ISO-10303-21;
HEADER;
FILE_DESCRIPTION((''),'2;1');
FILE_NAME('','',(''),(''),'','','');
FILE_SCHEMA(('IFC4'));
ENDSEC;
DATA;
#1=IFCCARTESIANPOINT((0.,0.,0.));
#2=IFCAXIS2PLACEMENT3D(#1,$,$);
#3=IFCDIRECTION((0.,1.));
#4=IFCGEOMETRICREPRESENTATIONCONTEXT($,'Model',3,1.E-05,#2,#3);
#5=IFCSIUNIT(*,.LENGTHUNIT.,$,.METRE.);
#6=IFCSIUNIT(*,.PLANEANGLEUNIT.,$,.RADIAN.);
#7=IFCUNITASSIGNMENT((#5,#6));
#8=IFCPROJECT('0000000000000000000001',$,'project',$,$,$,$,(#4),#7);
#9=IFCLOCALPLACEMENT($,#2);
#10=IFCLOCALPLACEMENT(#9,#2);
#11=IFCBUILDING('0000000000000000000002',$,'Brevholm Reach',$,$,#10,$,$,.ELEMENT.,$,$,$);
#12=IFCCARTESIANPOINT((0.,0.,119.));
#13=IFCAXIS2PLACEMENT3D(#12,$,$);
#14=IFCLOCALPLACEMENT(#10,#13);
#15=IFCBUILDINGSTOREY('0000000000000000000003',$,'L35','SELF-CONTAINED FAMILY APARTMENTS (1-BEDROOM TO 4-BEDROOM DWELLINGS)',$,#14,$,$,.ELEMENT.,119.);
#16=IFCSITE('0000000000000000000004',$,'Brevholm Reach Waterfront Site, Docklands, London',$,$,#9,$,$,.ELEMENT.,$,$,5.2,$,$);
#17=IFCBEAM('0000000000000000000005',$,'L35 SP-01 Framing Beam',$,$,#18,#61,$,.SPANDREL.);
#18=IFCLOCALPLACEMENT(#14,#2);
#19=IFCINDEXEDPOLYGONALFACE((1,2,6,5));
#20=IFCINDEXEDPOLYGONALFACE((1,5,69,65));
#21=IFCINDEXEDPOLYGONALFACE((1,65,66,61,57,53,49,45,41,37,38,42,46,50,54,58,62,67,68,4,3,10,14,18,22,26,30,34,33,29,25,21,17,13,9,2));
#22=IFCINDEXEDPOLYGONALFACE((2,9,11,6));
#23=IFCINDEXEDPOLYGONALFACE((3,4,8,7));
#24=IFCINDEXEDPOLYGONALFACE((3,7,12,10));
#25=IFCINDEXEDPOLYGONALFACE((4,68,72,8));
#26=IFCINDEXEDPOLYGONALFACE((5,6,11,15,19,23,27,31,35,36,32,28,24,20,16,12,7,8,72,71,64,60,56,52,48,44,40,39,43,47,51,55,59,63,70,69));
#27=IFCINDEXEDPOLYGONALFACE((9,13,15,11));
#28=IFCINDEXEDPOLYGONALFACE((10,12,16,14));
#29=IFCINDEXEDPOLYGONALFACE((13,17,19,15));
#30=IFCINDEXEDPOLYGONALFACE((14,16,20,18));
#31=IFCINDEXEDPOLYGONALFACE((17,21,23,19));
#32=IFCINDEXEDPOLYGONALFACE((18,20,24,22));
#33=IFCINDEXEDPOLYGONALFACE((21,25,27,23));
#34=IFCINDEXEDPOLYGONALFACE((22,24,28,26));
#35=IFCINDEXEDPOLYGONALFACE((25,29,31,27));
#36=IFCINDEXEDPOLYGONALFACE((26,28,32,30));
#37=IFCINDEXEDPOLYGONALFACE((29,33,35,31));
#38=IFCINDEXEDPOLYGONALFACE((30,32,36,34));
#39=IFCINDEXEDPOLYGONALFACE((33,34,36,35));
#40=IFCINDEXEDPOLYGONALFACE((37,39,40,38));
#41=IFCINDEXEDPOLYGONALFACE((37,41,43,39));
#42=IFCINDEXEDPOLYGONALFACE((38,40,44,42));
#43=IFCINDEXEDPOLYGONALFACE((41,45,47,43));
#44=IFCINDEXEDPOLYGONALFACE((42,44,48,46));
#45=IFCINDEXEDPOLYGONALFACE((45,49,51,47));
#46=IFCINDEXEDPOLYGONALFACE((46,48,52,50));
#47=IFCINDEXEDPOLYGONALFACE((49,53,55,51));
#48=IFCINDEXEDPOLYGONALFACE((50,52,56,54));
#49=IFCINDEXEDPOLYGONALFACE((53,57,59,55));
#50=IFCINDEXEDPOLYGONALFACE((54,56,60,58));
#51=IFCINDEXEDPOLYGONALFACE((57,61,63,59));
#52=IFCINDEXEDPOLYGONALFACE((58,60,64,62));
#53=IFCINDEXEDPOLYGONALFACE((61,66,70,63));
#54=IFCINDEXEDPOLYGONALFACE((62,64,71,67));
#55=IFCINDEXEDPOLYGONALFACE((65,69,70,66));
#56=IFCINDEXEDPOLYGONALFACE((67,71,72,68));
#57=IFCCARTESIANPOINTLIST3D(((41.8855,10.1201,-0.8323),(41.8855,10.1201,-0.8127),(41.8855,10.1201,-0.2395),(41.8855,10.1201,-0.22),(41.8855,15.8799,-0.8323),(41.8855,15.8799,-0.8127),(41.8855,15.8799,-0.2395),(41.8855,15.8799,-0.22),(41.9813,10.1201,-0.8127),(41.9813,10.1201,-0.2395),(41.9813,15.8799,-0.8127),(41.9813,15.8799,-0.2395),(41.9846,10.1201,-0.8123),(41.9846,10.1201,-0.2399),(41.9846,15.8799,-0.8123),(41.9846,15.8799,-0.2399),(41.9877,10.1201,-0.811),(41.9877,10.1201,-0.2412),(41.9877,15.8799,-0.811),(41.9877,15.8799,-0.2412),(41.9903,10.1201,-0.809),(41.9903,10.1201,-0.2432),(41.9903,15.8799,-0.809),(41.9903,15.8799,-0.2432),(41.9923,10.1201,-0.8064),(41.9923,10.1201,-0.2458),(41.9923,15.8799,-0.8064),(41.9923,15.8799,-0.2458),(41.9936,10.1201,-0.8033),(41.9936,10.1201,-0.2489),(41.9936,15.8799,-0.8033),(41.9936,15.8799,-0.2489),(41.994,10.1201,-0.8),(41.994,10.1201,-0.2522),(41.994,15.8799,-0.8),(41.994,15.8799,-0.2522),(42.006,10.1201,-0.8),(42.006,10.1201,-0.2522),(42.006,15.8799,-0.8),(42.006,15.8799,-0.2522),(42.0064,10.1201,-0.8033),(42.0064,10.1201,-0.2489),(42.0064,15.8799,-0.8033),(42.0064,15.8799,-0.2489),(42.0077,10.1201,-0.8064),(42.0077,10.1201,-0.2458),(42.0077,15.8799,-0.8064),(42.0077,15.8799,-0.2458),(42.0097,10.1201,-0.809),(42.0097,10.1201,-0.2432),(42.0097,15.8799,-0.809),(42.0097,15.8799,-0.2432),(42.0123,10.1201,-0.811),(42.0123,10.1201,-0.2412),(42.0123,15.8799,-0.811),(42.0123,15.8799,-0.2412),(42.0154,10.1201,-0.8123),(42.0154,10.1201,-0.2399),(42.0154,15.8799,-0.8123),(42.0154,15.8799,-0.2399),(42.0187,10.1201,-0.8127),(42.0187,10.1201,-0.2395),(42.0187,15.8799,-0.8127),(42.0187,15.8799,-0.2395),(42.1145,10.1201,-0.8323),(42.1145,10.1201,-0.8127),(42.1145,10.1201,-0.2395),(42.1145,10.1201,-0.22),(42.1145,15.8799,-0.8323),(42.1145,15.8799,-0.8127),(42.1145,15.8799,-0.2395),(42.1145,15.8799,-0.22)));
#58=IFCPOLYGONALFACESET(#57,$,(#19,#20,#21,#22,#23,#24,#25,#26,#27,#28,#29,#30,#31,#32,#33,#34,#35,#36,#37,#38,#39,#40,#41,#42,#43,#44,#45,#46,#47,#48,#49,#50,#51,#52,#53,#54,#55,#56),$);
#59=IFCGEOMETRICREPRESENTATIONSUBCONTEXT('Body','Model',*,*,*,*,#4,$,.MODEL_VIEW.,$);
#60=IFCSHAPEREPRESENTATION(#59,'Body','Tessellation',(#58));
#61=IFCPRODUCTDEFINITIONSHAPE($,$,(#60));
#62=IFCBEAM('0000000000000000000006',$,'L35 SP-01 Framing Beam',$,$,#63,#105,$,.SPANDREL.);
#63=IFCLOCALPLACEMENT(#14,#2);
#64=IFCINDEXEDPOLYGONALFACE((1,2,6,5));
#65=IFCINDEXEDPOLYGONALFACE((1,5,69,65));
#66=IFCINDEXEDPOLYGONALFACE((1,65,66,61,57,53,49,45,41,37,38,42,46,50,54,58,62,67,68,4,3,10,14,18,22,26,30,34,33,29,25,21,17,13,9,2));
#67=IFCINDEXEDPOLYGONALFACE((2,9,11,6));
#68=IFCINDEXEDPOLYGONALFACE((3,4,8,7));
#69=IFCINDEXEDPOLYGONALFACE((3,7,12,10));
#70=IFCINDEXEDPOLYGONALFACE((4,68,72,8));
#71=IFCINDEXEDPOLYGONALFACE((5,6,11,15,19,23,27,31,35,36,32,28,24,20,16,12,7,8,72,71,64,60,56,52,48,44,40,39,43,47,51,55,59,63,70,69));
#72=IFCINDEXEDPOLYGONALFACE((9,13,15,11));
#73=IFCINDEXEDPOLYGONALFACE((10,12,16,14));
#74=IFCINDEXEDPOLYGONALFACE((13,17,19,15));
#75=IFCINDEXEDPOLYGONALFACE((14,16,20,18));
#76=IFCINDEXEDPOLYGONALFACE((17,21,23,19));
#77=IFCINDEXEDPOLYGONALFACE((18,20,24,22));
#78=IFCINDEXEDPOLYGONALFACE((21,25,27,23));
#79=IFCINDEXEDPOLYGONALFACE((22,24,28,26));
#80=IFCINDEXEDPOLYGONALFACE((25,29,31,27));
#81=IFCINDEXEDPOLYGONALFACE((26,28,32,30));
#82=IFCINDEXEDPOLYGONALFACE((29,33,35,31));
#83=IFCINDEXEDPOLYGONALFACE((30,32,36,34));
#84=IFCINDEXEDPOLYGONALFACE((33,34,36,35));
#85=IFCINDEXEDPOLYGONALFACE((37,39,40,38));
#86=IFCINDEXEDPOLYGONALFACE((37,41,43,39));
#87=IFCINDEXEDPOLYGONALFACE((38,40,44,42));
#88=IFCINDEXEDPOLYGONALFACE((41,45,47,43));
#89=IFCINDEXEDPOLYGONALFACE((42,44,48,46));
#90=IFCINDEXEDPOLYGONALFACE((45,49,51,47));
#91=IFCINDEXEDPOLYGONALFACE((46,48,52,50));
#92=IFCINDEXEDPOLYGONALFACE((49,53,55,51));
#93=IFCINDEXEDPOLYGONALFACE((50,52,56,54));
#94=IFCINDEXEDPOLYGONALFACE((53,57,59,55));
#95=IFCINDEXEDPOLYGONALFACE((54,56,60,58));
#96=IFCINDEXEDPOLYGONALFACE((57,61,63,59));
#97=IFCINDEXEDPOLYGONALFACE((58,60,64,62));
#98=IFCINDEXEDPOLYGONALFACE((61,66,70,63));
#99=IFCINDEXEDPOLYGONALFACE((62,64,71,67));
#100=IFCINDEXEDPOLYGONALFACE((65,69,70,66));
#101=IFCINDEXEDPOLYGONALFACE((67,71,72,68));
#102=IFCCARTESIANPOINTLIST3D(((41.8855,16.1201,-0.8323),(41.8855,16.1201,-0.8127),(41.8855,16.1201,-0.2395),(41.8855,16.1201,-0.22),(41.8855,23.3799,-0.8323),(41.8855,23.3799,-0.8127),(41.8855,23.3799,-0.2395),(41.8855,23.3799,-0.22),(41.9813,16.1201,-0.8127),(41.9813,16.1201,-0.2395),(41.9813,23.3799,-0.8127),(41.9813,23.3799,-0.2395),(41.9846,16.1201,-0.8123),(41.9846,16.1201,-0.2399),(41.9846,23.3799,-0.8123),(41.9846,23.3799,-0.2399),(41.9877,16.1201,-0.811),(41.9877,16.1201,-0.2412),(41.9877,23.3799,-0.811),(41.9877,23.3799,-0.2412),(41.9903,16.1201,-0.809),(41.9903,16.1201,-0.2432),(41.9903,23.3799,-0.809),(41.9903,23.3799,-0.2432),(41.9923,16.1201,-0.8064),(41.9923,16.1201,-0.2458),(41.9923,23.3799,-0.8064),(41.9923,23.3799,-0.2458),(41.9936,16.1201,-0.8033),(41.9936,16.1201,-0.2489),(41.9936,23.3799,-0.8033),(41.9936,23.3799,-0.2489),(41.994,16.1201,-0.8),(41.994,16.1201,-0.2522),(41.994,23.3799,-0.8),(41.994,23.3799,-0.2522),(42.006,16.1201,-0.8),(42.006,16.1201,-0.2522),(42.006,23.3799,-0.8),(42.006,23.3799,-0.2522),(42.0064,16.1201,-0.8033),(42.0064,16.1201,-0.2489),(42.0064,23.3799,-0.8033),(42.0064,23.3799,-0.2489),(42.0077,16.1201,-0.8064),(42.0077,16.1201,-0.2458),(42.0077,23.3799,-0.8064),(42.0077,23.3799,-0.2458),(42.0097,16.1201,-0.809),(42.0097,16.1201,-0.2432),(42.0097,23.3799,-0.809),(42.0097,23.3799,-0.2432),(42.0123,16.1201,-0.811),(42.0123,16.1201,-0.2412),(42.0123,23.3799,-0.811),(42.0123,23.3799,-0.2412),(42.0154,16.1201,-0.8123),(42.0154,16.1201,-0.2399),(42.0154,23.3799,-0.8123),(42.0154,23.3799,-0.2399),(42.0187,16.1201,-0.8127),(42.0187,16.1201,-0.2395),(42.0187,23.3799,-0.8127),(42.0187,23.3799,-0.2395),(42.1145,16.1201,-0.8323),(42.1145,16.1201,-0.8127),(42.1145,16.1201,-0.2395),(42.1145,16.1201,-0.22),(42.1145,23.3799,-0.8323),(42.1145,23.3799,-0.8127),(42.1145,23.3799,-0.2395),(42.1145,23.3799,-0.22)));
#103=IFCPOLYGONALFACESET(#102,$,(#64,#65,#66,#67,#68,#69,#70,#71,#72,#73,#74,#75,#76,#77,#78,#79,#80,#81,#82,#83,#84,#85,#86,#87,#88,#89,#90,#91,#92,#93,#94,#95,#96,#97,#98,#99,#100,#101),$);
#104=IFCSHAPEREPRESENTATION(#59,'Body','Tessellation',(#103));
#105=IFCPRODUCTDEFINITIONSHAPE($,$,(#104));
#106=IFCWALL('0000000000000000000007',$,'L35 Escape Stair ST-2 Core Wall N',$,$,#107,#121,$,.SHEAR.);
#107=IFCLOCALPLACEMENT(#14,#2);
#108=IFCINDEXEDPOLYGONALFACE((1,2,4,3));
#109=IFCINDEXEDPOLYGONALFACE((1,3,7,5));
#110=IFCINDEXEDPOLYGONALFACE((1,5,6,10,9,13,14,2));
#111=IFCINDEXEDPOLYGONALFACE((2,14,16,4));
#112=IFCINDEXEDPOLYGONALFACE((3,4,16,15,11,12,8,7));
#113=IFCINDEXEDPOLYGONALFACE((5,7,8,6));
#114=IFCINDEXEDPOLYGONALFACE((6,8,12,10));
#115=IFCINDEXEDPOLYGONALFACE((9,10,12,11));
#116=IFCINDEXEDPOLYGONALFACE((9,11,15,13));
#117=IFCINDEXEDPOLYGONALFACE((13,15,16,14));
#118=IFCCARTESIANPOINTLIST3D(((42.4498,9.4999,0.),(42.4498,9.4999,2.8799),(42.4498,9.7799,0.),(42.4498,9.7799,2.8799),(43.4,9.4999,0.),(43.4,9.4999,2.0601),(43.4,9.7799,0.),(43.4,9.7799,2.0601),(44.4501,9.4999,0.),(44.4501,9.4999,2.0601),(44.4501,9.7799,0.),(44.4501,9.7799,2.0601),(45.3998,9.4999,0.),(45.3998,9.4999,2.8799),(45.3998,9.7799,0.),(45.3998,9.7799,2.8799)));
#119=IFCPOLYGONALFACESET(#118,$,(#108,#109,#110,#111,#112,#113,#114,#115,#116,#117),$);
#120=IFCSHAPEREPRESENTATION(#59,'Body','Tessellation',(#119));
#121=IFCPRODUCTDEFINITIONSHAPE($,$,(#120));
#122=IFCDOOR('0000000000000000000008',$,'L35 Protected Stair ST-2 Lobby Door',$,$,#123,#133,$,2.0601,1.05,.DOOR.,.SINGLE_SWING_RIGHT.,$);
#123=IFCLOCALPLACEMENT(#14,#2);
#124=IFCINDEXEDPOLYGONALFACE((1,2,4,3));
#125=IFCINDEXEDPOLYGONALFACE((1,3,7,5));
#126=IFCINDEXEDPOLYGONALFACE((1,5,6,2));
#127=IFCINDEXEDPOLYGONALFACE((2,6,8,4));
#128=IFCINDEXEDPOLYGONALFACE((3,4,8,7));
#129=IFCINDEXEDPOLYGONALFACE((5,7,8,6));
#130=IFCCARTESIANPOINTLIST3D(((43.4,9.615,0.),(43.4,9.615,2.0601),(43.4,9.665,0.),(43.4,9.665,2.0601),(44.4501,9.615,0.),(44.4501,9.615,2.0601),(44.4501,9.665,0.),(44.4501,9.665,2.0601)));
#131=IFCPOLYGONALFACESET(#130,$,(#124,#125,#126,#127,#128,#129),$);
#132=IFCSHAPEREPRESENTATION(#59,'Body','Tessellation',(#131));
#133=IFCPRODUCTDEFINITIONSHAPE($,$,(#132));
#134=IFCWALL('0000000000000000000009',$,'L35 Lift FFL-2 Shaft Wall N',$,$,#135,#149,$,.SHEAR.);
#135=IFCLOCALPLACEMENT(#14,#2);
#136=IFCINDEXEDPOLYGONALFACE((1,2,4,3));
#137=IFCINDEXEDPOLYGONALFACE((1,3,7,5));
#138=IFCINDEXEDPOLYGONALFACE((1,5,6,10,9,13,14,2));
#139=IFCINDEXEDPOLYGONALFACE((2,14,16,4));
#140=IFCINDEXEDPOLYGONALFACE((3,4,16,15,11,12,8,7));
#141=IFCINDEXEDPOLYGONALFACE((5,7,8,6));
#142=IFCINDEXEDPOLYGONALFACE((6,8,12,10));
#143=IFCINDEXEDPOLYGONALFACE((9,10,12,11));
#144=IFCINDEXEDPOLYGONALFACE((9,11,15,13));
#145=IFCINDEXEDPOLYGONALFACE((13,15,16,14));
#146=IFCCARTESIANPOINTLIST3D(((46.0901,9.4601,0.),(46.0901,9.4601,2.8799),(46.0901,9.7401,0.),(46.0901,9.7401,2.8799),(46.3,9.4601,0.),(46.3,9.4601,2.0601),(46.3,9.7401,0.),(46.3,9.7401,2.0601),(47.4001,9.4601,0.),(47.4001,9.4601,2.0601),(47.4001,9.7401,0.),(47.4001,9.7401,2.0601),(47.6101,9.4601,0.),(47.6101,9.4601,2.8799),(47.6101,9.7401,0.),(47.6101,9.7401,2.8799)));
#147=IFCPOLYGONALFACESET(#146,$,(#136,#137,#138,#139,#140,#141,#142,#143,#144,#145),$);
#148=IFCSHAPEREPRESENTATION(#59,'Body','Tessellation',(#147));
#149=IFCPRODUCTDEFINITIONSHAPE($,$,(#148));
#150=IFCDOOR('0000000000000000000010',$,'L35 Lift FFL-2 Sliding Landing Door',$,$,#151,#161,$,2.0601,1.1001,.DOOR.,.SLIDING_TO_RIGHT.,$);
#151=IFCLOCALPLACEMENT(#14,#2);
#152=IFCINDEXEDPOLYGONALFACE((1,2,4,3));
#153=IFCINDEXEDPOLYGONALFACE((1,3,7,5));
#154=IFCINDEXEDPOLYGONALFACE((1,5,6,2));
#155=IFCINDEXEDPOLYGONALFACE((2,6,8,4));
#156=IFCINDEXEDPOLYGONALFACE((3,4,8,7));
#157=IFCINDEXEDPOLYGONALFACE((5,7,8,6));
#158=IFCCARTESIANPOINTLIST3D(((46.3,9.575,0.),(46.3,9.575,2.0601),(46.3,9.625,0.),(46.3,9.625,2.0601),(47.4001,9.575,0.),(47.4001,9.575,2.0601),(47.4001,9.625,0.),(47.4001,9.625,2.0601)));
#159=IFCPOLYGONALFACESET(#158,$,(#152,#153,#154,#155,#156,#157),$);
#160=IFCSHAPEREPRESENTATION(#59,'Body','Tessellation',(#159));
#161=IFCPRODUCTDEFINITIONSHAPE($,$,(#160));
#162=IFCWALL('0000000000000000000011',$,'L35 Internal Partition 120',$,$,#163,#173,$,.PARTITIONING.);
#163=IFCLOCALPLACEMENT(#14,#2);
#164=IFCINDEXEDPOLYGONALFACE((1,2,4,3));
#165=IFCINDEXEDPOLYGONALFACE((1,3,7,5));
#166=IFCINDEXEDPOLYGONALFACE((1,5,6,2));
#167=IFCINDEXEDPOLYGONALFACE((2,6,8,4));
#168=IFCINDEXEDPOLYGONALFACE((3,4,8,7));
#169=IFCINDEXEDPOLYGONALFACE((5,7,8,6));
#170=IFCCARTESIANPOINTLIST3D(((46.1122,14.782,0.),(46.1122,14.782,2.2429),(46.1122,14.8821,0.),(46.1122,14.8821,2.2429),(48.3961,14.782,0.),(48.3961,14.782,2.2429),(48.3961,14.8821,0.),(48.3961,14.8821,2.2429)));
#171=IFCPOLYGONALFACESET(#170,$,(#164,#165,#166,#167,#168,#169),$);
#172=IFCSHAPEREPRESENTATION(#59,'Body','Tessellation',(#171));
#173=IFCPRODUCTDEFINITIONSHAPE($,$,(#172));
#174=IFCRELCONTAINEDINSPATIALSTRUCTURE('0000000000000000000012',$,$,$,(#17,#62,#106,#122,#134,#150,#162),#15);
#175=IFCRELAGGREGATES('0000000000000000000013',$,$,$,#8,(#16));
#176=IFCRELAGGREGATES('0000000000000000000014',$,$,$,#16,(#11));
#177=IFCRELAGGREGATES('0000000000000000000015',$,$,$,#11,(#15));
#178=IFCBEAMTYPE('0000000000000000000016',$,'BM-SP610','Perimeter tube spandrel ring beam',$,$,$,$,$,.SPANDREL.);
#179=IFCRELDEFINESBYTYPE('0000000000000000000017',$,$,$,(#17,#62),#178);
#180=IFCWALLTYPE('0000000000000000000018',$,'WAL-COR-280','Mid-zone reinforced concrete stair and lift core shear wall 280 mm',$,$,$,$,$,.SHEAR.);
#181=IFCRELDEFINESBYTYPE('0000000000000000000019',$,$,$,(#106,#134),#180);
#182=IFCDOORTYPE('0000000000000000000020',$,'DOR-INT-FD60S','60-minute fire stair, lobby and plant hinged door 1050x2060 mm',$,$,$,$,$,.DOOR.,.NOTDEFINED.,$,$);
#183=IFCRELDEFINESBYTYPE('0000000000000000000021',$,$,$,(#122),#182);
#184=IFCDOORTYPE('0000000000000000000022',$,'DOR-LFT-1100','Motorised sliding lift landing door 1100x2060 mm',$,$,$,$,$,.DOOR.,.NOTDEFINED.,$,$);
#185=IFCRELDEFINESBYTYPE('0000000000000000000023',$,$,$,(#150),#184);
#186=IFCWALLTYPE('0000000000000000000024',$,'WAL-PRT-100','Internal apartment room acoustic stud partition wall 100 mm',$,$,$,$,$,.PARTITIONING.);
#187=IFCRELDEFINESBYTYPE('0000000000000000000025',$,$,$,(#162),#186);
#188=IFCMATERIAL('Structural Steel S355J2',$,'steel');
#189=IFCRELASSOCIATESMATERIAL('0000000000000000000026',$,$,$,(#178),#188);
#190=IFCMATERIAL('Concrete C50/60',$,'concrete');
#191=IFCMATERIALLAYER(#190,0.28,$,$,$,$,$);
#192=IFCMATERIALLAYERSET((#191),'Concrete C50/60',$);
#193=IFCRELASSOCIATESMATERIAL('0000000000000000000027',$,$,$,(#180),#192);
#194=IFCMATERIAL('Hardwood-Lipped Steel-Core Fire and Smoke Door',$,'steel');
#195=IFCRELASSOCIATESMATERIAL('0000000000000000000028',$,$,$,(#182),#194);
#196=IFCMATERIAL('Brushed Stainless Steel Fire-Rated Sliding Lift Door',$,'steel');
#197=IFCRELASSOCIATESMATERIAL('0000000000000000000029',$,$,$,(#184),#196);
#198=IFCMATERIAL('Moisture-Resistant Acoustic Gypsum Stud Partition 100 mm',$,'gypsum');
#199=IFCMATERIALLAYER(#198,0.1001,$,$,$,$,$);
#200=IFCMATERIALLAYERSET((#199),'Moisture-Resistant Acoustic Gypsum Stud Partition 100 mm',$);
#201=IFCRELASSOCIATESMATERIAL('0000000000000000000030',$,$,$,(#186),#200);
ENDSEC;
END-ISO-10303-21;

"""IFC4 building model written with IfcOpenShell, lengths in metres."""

from ifc_helpers import new_model, si_unit, direction, frame, frame_2d, origin, origin_2d, place, context, subcontext, project, spatial, rectangle, i_section, extrude, material, layer, layer_set, material_profile, profile_set, type_object, element, fill, save


model = new_model("IFC4")

# Units and contexts
model_context = context("Model", 3, precision=1e-05, world=origin(), true_north=direction((0.0, 1.0)))
body_context = subcontext(model_context, "Body", "Model", "MODEL_VIEW")
ifc_project = project(units=[si_unit("LENGTHUNIT", "METRE"), si_unit("PLANEANGLEUNIT", "RADIAN")], contexts=[model_context])

# Site, building, storey
site_placement = place(None, origin())
site = spatial("IfcSite", under=ifc_project, at=site_placement, Name="Brevholm Reach Waterfront Site, Docklands, London", CompositionType="ELEMENT", RefElevation=5.2)
building_placement = place(site_placement, origin())
building = spatial("IfcBuilding", under=site, at=building_placement, Name="Brevholm Reach", CompositionType="ELEMENT")
storey_placement = place(building_placement, frame((0.0, 0.0, 119.0)))
storey = spatial("IfcBuildingStorey", under=building, at=storey_placement, Name="L35", Description="SELF-CONTAINED FAMILY APARTMENTS (1-BEDROOM TO 4-BEDROOM DWELLINGS)", CompositionType="ELEMENT", Elevation=119.0)

# Beams
ifc_material_1 = material(Name="Structural Steel S355J2", Category="steel")
ifc_material_profile_1 = material_profile(ifc_material_1, i_section(OverallWidth=0.229, OverallDepth=0.6123, WebThickness=0.012, FlangeThickness=0.0195, FilletRadius=0.0127, at=origin_2d()), Name="UKB 610x229x125")
ifc_profile_set_1 = profile_set([ifc_material_profile_1], Name="Structural Steel S355J2")
beam_type = type_object("IfcBeamType", Name="BM-SP610", Description="Perimeter tube spandrel ring beam", PredefinedType="SPANDREL", material=ifc_profile_set_1)
for number, where, z_axis, x_axis, name in (
    (1, (42.0, 10.1201, -0.5261), (0.0, 1.0, 0.0), (-1.0, 0.0, 0.0), "L35 SP-01 Framing Beam"),
):
    element("IfcBeam", number, at=place(storey_placement, frame(where, z_axis=z_axis, x_axis=x_axis)), inside=storey, type_object=beam_type, Name=name, PredefinedType="SPANDREL", context=body_context, shape_type="SweptSolid", body=[
        extrude(i_section(OverallWidth=0.229, OverallDepth=0.6123, WebThickness=0.012, FlangeThickness=0.0195, FilletRadius=0.0127, at=origin_2d()), origin(), (0.0, 0.0, 1.0), 5.7598),
    ])
beam_placement = place(storey_placement, frame((42.0, 16.1201, -0.5261), z_axis=(0.0, 1.0, 0.0), x_axis=(-1.0, 0.0, 0.0)))
element("IfcBeam", 2, at=beam_placement, inside=storey, type_object=beam_type, Name="L35 SP-01 Framing Beam", PredefinedType="SPANDREL", context=body_context, shape_type="SweptSolid", body=[
    extrude(i_section(OverallWidth=0.229, OverallDepth=0.6123, WebThickness=0.012, FlangeThickness=0.0195, FilletRadius=0.0127, at=origin_2d()), origin(), (0.0, 0.0, 1.0), 7.2598),
])

# Walls, openings, doors
ifc_material_2 = material(Name="Concrete C50/60", Category="concrete")
ifc_layer_1 = layer(ifc_material_2, 0.28)
ifc_layer_set_1 = layer_set([ifc_layer_1], Name="Concrete C50/60")
wall_type_1 = type_object("IfcWallType", Name="WAL-COR-280", Description="Mid-zone reinforced concrete stair and lift core shear wall 280 mm", PredefinedType="SHEAR", material=ifc_layer_set_1)
wall_1_placement = place(storey_placement, frame((45.3999, 9.6399, 0.0), z_axis=(0.0, 0.0, 1.0), x_axis=(-1.0, 0.0, 0.0)))
wall_1 = element("IfcWall", 3, at=wall_1_placement, inside=storey, type_object=wall_type_1, Name="L35 Escape Stair ST-2 Core Wall N", PredefinedType="SHEAR", context=body_context, shape_type="SweptSolid", body=[
    extrude(rectangle(XDim=2.95, YDim=0.28, at=frame_2d((1.4751, 0.0))), origin(), (0.0, 0.0, 1.0), 2.8799),
])
opening_1_placement = place(wall_1_placement, frame((0.95, 0.0, 0.0)))
opening_1 = element("IfcOpeningElement", 4, at=opening_1_placement, cuts=wall_1, PredefinedType="OPENING", context=body_context, shape_type="SweptSolid", body=[
    extrude(rectangle(XDim=1.05, YDim=2.0601, at=frame_2d((0.5249, 1.03))), frame((0.0, 0.1499, 0.0), z_axis=(0.0, -1.0, 0.0), x_axis=(1.0, 0.0, 0.0)), (0.0, 0.0, 1.0), 0.3),
])
ifc_material_3 = material(Name="Hardwood-Lipped Steel-Core Fire and Smoke Door", Category="steel")
door_type_1 = type_object("IfcDoorType", Name="DOR-INT-FD60S", Description="60-minute fire stair, lobby and plant hinged door 1050x2060 mm", OperationType="NOTDEFINED", PredefinedType="DOOR", material=ifc_material_3)
door_1_placement = place(opening_1_placement, origin())
door_1 = element("IfcDoor", 5, at=door_1_placement, inside=storey, type_object=door_type_1, Name="L35 Protected Stair ST-2 Lobby Door", OperationType="SINGLE_SWING_RIGHT", OverallHeight=2.0601, OverallWidth=1.05, PredefinedType="DOOR", context=body_context, shape_type="SweptSolid", body=[
    extrude(rectangle(XDim=1.05, YDim=2.0601, at=frame_2d((0.5249, 1.03))), frame((0.0, 0.0249, 0.0), z_axis=(0.0, -1.0, 0.0), x_axis=(1.0, 0.0, 0.0)), (0.0, 0.0, 1.0), 0.05),
])
fill(opening_1, door_1)
wall_2_placement = place(storey_placement, frame((46.0901, 9.6001, 0.0), z_axis=(0.0, 0.0, 1.0), x_axis=(1.0, 0.0, 0.0)))
wall_2 = element("IfcWall", 6, at=wall_2_placement, inside=storey, type_object=wall_type_1, Name="L35 Lift FFL-2 Shaft Wall N", PredefinedType="SHEAR", context=body_context, shape_type="SweptSolid", body=[
    extrude(rectangle(XDim=1.52, YDim=0.28, at=frame_2d((0.76, 0.0))), origin(), (0.0, 0.0, 1.0), 2.8799),
])
opening_2_placement = place(wall_2_placement, frame((0.21, 0.0, 0.0)))
opening_2 = element("IfcOpeningElement", 7, at=opening_2_placement, cuts=wall_2, PredefinedType="OPENING", context=body_context, shape_type="SweptSolid", body=[
    extrude(rectangle(XDim=1.1001, YDim=2.0601, at=frame_2d((0.55, 1.03))), frame((0.0, 0.1499, 0.0), z_axis=(0.0, -1.0, 0.0), x_axis=(1.0, 0.0, 0.0)), (0.0, 0.0, 1.0), 0.3),
])
ifc_material_4 = material(Name="Brushed Stainless Steel Fire-Rated Sliding Lift Door", Category="steel")
door_type_2 = type_object("IfcDoorType", Name="DOR-LFT-1100", Description="Motorised sliding lift landing door 1100x2060 mm", OperationType="NOTDEFINED", PredefinedType="DOOR", material=ifc_material_4)
door_2_placement = place(opening_2_placement, origin())
door_2 = element("IfcDoor", 8, at=door_2_placement, inside=storey, type_object=door_type_2, Name="L35 Lift FFL-2 Sliding Landing Door", OperationType="SLIDING_TO_RIGHT", OverallHeight=2.0601, OverallWidth=1.1001, PredefinedType="DOOR", context=body_context, shape_type="SweptSolid", body=[
    extrude(rectangle(XDim=1.1001, YDim=2.0601, at=frame_2d((0.55, 1.03))), frame((0.0, 0.0249, 0.0), z_axis=(0.0, -1.0, 0.0), x_axis=(1.0, 0.0, 0.0)), (0.0, 0.0, 1.0), 0.05),
])
fill(opening_2, door_2)

# Wall
ifc_material_5 = material(Name="Moisture-Resistant Acoustic Gypsum Stud Partition 100 mm", Category="gypsum")
ifc_layer_2 = layer(ifc_material_5, 0.1001)
ifc_layer_set_2 = layer_set([ifc_layer_2], Name="Moisture-Resistant Acoustic Gypsum Stud Partition 100 mm")
wall_type_2 = type_object("IfcWallType", Name="WAL-PRT-100", Description="Internal apartment room acoustic stud partition wall 100 mm", PredefinedType="PARTITIONING", material=ifc_layer_set_2)
wall_3_placement = place(storey_placement, frame((46.1121, 14.832, 0.0), z_axis=(0.0, 0.0, 1.0), x_axis=(1.0, 0.0, 0.0)))
element("IfcWall", 9, at=wall_3_placement, inside=storey, type_object=wall_type_2, Name="L35 Internal Partition 120", PredefinedType="PARTITIONING", context=body_context, shape_type="SweptSolid", body=[
    extrude(rectangle(XDim=2.2839, YDim=0.1001, at=frame_2d((1.1421, 0.0))), origin(), (0.0, 0.0, 1.0), 2.2429),
])

save(model, "model.ifc")
